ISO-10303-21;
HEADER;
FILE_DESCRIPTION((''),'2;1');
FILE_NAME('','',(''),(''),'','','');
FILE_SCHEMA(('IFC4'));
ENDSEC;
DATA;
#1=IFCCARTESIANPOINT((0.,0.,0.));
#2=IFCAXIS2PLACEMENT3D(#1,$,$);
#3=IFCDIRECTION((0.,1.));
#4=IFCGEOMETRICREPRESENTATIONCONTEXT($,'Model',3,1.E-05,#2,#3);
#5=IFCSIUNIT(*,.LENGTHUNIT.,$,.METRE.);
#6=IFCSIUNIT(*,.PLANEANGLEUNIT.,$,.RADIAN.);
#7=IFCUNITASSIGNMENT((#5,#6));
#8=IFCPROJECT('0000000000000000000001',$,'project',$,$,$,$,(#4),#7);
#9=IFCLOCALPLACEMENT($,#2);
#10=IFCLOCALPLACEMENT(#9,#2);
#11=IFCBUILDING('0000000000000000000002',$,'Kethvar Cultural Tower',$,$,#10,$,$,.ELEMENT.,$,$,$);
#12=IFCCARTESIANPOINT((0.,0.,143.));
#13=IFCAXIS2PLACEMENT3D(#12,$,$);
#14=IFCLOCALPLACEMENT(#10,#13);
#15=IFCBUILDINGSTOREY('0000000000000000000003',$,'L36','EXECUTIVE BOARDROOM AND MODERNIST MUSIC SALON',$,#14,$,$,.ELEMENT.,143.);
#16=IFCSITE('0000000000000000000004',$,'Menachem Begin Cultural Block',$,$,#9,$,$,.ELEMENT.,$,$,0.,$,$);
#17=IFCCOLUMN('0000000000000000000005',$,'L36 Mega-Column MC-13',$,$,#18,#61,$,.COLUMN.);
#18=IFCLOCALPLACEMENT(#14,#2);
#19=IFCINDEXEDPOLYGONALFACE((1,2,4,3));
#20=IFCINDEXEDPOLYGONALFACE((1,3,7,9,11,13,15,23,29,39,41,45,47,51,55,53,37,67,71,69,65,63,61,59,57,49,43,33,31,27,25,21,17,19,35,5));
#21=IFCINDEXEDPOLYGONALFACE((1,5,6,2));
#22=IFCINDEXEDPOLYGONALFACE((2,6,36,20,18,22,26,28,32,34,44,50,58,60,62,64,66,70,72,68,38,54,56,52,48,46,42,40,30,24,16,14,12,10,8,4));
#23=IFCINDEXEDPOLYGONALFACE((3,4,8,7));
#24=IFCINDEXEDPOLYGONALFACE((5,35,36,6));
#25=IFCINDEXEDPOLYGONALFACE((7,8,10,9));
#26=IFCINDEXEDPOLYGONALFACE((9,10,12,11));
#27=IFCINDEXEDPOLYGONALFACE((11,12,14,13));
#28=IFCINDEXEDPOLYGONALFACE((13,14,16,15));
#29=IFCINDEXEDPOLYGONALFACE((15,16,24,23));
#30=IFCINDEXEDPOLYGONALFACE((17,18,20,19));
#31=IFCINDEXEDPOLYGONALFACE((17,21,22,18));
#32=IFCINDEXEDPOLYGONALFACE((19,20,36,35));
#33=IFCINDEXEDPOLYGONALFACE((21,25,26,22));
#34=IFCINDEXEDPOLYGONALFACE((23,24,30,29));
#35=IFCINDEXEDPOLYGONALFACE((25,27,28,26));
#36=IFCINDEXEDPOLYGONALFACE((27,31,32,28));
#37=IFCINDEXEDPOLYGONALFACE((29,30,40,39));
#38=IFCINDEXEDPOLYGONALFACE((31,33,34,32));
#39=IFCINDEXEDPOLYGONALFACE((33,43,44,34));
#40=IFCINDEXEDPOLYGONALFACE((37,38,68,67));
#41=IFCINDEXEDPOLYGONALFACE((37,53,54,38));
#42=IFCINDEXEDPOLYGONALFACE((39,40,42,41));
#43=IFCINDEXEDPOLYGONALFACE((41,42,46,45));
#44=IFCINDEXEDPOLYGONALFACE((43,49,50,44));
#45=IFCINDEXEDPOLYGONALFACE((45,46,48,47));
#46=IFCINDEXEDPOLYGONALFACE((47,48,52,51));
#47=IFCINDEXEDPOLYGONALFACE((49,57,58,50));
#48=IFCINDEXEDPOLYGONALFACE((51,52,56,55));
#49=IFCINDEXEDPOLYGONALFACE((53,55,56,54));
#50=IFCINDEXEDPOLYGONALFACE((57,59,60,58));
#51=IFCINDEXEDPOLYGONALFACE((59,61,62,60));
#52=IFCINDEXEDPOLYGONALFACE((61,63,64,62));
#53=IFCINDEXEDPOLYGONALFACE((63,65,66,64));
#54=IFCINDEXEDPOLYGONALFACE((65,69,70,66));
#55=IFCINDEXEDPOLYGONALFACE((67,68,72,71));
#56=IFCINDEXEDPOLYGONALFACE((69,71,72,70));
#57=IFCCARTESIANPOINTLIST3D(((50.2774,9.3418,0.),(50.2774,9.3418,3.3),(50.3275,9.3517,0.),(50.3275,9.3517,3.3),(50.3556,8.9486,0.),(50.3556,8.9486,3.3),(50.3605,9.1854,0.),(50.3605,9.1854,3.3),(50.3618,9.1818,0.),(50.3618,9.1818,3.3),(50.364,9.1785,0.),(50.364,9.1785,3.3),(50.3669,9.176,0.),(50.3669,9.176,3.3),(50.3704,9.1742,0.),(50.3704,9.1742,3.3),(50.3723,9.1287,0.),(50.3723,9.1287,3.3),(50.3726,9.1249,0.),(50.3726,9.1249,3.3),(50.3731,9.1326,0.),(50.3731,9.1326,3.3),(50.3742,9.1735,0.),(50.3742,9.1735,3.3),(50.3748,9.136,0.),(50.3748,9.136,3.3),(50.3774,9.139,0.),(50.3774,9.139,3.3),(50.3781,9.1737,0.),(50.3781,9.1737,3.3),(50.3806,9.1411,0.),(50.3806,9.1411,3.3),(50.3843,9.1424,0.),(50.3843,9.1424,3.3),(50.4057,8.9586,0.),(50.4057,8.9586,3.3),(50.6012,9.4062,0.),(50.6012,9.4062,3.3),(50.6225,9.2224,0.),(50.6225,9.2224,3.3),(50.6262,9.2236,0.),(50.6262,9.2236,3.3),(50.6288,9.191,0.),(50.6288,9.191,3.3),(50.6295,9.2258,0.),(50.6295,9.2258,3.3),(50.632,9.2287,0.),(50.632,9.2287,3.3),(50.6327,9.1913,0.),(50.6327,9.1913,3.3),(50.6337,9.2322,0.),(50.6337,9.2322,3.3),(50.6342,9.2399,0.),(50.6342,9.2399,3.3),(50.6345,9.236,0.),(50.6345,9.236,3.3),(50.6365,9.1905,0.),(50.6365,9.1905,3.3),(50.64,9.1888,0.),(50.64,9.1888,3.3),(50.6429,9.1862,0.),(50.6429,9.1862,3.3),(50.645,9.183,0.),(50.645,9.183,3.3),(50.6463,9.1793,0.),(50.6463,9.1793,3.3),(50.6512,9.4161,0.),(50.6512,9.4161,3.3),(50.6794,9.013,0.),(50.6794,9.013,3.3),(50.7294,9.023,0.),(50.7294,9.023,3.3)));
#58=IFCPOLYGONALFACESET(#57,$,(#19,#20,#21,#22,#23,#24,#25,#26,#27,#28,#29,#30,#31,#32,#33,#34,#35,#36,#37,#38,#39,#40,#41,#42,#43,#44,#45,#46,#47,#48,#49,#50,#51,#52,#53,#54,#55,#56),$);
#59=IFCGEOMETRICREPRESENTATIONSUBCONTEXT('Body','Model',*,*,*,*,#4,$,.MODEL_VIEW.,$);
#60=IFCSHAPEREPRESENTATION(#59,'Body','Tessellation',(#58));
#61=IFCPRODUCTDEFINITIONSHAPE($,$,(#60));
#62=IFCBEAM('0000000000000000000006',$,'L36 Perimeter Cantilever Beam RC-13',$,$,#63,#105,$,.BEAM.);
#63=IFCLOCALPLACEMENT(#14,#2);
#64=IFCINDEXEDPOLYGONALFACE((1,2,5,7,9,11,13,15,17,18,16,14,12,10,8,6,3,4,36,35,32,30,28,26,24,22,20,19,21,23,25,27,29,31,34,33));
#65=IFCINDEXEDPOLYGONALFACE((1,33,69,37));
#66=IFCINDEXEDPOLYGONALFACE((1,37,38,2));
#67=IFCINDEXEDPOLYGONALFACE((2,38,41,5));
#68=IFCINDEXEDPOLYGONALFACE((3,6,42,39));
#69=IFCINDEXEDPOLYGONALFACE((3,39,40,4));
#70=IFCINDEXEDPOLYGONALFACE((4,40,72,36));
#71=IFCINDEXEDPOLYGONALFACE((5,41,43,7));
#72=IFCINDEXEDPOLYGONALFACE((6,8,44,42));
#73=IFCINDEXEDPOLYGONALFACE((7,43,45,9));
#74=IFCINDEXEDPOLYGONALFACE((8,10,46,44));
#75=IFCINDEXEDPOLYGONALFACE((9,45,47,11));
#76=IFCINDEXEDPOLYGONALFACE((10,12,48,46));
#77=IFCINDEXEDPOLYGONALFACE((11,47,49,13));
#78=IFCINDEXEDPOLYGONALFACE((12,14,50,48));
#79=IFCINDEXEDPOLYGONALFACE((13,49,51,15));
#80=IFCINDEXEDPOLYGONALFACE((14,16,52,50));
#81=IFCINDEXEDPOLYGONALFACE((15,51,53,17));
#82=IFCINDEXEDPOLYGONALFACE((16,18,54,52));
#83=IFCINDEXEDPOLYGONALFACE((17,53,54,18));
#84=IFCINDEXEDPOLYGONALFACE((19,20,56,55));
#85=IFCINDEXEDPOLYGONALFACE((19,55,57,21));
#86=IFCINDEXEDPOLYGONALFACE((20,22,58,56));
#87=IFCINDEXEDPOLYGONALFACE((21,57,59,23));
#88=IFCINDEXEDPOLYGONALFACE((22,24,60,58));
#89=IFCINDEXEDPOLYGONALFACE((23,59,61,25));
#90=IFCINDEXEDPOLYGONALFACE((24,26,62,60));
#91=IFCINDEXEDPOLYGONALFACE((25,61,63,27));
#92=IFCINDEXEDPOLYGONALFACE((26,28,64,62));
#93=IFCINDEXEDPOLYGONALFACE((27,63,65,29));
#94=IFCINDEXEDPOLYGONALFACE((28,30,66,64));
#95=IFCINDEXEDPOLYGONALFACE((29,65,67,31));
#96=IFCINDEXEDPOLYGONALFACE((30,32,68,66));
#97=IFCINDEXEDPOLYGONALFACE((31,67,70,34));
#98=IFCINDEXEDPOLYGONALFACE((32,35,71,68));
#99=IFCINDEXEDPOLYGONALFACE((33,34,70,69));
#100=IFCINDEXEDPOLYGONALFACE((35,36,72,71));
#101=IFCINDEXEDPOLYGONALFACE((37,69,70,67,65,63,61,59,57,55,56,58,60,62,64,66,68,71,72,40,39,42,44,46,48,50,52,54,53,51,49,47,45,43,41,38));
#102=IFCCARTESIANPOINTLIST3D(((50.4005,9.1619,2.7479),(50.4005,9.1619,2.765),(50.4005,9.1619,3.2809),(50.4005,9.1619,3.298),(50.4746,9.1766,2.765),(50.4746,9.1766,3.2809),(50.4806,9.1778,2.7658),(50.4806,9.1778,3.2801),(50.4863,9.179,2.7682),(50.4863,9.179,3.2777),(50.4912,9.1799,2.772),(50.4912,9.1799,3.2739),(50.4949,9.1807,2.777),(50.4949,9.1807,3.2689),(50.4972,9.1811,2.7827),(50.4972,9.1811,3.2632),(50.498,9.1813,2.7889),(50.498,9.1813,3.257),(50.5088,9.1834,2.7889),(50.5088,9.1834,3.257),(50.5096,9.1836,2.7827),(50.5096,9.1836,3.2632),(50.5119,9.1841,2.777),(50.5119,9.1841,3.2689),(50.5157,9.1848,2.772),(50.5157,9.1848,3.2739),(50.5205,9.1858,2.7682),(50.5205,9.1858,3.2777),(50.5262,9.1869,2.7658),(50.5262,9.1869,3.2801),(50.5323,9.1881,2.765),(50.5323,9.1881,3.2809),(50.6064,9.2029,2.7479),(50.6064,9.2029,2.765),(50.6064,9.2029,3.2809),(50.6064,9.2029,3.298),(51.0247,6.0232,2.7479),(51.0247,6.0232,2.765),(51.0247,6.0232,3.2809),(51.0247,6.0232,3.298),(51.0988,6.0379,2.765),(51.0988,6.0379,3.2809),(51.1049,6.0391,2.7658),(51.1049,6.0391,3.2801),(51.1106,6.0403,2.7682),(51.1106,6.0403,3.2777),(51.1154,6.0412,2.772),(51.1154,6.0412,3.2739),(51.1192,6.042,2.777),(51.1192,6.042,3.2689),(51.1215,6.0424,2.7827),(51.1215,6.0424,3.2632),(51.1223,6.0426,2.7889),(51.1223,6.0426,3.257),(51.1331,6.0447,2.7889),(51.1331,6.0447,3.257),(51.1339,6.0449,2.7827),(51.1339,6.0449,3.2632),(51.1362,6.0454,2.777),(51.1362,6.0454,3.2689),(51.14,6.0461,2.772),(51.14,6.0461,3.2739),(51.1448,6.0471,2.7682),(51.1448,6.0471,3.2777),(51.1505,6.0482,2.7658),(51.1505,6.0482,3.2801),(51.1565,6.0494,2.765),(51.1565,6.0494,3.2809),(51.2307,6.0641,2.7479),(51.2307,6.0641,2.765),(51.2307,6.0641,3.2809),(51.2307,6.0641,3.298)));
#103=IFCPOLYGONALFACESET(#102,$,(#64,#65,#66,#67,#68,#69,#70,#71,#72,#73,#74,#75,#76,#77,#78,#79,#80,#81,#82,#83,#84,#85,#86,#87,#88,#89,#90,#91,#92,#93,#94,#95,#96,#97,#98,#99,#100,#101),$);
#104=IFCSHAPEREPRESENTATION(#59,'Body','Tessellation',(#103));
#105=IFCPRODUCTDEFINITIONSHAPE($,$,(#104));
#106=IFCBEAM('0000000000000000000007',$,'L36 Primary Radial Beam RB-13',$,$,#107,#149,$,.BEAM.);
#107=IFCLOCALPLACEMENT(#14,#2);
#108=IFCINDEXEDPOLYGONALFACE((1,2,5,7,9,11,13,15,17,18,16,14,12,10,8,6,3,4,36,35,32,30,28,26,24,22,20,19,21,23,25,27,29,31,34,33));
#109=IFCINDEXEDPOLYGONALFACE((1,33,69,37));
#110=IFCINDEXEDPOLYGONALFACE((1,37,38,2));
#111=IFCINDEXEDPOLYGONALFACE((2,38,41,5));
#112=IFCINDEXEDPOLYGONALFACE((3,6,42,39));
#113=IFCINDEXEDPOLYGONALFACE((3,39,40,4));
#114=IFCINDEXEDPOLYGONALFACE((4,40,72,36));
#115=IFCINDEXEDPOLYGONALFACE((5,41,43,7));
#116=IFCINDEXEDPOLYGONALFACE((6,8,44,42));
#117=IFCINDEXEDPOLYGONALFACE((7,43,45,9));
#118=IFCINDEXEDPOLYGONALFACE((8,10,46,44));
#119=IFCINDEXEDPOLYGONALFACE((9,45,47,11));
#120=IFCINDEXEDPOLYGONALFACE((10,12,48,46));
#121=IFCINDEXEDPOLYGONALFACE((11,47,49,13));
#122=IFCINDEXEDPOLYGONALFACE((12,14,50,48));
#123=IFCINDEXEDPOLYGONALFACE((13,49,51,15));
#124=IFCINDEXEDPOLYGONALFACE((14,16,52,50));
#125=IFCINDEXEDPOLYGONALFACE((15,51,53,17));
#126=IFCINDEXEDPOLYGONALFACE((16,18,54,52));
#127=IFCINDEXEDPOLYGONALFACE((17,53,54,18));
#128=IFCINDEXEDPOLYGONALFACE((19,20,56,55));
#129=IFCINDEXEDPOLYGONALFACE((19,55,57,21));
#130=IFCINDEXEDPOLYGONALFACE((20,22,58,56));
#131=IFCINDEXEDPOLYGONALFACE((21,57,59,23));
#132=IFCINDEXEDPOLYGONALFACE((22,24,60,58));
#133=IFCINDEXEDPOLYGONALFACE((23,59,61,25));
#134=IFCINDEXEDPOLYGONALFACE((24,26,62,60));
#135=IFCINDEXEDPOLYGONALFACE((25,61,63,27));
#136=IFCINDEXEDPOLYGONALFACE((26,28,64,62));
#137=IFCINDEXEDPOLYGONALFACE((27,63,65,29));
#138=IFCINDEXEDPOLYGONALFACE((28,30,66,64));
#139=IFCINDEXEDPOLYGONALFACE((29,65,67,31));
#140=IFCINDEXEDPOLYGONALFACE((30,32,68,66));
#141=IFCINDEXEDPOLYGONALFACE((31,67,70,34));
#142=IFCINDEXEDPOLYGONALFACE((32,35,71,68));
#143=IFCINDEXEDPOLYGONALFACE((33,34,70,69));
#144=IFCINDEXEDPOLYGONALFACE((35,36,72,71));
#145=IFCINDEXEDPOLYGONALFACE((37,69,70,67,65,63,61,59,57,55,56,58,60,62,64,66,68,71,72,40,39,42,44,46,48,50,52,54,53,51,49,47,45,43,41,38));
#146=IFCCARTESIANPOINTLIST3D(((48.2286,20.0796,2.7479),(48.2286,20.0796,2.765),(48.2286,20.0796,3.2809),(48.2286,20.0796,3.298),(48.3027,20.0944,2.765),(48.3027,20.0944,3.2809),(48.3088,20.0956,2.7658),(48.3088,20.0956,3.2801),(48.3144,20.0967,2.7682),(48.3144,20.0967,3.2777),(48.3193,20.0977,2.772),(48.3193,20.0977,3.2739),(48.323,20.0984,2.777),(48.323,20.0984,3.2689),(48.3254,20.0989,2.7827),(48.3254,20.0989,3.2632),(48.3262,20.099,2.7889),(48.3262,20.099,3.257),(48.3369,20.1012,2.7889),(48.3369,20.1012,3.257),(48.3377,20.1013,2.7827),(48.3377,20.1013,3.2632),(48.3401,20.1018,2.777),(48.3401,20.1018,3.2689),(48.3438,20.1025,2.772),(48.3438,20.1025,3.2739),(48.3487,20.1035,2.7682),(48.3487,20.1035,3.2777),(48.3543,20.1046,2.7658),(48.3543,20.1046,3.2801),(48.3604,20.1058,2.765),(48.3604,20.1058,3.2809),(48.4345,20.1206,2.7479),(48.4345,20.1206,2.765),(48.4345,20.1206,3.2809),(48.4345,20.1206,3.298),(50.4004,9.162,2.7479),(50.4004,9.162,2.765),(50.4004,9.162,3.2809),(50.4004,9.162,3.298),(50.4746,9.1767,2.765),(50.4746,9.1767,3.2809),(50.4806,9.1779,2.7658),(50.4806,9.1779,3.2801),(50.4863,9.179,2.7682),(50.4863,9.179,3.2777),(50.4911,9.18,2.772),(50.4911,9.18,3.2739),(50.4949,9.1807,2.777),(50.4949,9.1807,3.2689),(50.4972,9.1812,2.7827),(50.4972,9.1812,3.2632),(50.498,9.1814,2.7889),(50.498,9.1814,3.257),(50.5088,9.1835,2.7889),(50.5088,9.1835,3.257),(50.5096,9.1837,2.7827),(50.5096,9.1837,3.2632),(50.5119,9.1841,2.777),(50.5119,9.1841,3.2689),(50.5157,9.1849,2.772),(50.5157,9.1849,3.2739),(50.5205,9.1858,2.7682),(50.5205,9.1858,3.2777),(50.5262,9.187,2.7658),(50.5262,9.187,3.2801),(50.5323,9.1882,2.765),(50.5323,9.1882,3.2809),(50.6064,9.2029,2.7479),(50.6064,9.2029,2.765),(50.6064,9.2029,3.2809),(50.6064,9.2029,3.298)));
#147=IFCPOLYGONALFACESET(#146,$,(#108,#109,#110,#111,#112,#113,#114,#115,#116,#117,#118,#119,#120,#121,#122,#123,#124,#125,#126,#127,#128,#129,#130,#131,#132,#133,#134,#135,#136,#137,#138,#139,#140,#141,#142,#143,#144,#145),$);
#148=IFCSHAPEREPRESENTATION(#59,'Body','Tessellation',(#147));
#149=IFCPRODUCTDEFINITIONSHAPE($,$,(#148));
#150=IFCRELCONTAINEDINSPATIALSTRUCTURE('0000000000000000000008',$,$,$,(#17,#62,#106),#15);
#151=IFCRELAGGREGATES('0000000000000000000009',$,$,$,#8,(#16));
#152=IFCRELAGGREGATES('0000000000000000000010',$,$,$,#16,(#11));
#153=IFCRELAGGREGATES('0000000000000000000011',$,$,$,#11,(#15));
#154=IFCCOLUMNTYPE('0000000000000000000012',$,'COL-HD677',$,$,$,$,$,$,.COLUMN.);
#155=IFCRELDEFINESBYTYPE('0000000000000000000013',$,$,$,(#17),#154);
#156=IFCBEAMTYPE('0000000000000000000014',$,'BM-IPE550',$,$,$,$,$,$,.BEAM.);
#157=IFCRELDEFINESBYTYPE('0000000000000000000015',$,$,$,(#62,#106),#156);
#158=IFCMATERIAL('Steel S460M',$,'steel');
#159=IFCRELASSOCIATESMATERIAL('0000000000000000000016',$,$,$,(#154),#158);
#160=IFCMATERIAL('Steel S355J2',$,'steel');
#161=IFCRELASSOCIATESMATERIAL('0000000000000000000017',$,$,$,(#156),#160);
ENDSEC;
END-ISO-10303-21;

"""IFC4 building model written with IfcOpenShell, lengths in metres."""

from ifc_helpers import new_model, si_unit, direction, frame, origin, origin_2d, place, context, subcontext, project, spatial, i_section, extrude, source, transform, mapped, material, material_profile, profile_set, type_object, element, save


model = new_model("IFC4")

# Units and contexts
model_context = context("Model", 3, precision=1e-05, world=origin(), true_north=direction((0.0, 1.0)))
body_context = subcontext(model_context, "Body", "Model", "MODEL_VIEW")
ifc_project = project(units=[si_unit("LENGTHUNIT", "METRE"), si_unit("PLANEANGLEUNIT", "RADIAN")], contexts=[model_context])

# Site, building, storey
site_placement = place(None, origin())
site = spatial("IfcSite", under=ifc_project, at=site_placement, Name="Menachem Begin Cultural Block", CompositionType="ELEMENT", RefElevation=0.0)
building_placement = place(site_placement, origin())
building = spatial("IfcBuilding", under=site, at=building_placement, Name="Kethvar Cultural Tower", CompositionType="ELEMENT")
storey_placement = place(building_placement, frame((0.0, 0.0, 143.0)))
storey = spatial("IfcBuildingStorey", under=building, at=storey_placement, Name="L36", Description="EXECUTIVE BOARDROOM AND MODERNIST MUSIC SALON", CompositionType="ELEMENT", Elevation=143.0)

# Column
ifc_material_1 = material(Name="Steel S460M", Category="steel")
ifc_material_profile_1 = material_profile(ifc_material_1, i_section(OverallWidth=0.4009, OverallDepth=0.3811, WebThickness=0.032, FlangeThickness=0.051, FilletRadius=0.0149, at=origin_2d()), Name="Steel S460M — HD400x677")
ifc_profile_set_1 = profile_set([ifc_material_profile_1], Name="Steel S460M — HD400x677")
column_type = type_object("IfcColumnType", Name="COL-HD677", PredefinedType="COLUMN", material=ifc_profile_set_1)
shared_shape_1 = source(origin(), body_context, "Body", "SweptSolid", [
    extrude(i_section(OverallWidth=0.4009, OverallDepth=0.3811, WebThickness=0.032, FlangeThickness=0.051, FilletRadius=0.0149, at=origin_2d()), origin(), (0.0, 0.0, 1.0), 3.3),
])
column_placement = place(storey_placement, frame((50.5034, 9.1824, 0.0), z_axis=(0.0, 0.0, 1.0), x_axis=(0.19509, -0.980785, 0.0)))
element("IfcColumn", 1, at=column_placement, inside=storey, type_object=column_type, Name="L36 Mega-Column MC-13", PredefinedType="COLUMN", context=body_context, shape_type="MappedRepresentation", body=[
    mapped(shared_shape_1, transform((0.0, 0.0, 0.0), scale=1.0)),
])

# Beams
ifc_material_2 = material(Name="Steel S355J2", Category="steel")
ifc_material_profile_2 = material_profile(ifc_material_2, i_section(OverallWidth=0.21, OverallDepth=0.55, WebThickness=0.011, FlangeThickness=0.0171, FilletRadius=0.0239, at=origin_2d()), Name="Steel S355J2 — IPE550")
ifc_profile_set_2 = profile_set([ifc_material_profile_2], Name="Steel S355J2 — IPE550")
beam_type_1 = type_object("IfcBeamType", Name="BM-IPE550", PredefinedType="BEAM", material=ifc_profile_set_2)
shared_shape_2 = source(origin(), body_context, "Body", "SweptSolid", [
    extrude(i_section(OverallWidth=0.21, OverallDepth=0.55, WebThickness=0.011, FlangeThickness=0.0171, FilletRadius=0.0239, at=origin_2d()), origin(), (0.0, 0.0, 1.0), 3.2002),
])
beam_1_placement = place(storey_placement, frame((50.5034, 9.1824, 3.0229), z_axis=(0.195074, -0.980788, 0.0), x_axis=(0.980788, 0.195074, 0.0)))
element("IfcBeam", 2, at=beam_1_placement, inside=storey, type_object=beam_type_1, Name="L36 Perimeter Cantilever Beam RC-13", PredefinedType="BEAM", context=body_context, shape_type="MappedRepresentation", body=[
    mapped(shared_shape_2, transform((0.0, 0.0, 0.0), scale=1.0)),
])
shared_shape_3 = source(origin(), body_context, "Body", "SweptSolid", [
    extrude(i_section(OverallWidth=0.21, OverallDepth=0.55, WebThickness=0.011, FlangeThickness=0.0171, FilletRadius=0.0239, at=origin_2d()), origin(), (0.0, 0.0, 1.0), 11.1316),
])
beam_2_placement = place(storey_placement, frame((48.3315, 20.1001, 3.0229), z_axis=(0.195108, -0.980782, 0.0), x_axis=(0.980782, 0.195108, 0.0)))
element("IfcBeam", 3, at=beam_2_placement, inside=storey, type_object=beam_type_1, Name="L36 Primary Radial Beam RB-13", PredefinedType="BEAM", context=body_context, shape_type="MappedRepresentation", body=[
    mapped(shared_shape_3, transform((0.0, 0.0, 0.0), scale=1.0)),
])

save(model, "model.ifc")
